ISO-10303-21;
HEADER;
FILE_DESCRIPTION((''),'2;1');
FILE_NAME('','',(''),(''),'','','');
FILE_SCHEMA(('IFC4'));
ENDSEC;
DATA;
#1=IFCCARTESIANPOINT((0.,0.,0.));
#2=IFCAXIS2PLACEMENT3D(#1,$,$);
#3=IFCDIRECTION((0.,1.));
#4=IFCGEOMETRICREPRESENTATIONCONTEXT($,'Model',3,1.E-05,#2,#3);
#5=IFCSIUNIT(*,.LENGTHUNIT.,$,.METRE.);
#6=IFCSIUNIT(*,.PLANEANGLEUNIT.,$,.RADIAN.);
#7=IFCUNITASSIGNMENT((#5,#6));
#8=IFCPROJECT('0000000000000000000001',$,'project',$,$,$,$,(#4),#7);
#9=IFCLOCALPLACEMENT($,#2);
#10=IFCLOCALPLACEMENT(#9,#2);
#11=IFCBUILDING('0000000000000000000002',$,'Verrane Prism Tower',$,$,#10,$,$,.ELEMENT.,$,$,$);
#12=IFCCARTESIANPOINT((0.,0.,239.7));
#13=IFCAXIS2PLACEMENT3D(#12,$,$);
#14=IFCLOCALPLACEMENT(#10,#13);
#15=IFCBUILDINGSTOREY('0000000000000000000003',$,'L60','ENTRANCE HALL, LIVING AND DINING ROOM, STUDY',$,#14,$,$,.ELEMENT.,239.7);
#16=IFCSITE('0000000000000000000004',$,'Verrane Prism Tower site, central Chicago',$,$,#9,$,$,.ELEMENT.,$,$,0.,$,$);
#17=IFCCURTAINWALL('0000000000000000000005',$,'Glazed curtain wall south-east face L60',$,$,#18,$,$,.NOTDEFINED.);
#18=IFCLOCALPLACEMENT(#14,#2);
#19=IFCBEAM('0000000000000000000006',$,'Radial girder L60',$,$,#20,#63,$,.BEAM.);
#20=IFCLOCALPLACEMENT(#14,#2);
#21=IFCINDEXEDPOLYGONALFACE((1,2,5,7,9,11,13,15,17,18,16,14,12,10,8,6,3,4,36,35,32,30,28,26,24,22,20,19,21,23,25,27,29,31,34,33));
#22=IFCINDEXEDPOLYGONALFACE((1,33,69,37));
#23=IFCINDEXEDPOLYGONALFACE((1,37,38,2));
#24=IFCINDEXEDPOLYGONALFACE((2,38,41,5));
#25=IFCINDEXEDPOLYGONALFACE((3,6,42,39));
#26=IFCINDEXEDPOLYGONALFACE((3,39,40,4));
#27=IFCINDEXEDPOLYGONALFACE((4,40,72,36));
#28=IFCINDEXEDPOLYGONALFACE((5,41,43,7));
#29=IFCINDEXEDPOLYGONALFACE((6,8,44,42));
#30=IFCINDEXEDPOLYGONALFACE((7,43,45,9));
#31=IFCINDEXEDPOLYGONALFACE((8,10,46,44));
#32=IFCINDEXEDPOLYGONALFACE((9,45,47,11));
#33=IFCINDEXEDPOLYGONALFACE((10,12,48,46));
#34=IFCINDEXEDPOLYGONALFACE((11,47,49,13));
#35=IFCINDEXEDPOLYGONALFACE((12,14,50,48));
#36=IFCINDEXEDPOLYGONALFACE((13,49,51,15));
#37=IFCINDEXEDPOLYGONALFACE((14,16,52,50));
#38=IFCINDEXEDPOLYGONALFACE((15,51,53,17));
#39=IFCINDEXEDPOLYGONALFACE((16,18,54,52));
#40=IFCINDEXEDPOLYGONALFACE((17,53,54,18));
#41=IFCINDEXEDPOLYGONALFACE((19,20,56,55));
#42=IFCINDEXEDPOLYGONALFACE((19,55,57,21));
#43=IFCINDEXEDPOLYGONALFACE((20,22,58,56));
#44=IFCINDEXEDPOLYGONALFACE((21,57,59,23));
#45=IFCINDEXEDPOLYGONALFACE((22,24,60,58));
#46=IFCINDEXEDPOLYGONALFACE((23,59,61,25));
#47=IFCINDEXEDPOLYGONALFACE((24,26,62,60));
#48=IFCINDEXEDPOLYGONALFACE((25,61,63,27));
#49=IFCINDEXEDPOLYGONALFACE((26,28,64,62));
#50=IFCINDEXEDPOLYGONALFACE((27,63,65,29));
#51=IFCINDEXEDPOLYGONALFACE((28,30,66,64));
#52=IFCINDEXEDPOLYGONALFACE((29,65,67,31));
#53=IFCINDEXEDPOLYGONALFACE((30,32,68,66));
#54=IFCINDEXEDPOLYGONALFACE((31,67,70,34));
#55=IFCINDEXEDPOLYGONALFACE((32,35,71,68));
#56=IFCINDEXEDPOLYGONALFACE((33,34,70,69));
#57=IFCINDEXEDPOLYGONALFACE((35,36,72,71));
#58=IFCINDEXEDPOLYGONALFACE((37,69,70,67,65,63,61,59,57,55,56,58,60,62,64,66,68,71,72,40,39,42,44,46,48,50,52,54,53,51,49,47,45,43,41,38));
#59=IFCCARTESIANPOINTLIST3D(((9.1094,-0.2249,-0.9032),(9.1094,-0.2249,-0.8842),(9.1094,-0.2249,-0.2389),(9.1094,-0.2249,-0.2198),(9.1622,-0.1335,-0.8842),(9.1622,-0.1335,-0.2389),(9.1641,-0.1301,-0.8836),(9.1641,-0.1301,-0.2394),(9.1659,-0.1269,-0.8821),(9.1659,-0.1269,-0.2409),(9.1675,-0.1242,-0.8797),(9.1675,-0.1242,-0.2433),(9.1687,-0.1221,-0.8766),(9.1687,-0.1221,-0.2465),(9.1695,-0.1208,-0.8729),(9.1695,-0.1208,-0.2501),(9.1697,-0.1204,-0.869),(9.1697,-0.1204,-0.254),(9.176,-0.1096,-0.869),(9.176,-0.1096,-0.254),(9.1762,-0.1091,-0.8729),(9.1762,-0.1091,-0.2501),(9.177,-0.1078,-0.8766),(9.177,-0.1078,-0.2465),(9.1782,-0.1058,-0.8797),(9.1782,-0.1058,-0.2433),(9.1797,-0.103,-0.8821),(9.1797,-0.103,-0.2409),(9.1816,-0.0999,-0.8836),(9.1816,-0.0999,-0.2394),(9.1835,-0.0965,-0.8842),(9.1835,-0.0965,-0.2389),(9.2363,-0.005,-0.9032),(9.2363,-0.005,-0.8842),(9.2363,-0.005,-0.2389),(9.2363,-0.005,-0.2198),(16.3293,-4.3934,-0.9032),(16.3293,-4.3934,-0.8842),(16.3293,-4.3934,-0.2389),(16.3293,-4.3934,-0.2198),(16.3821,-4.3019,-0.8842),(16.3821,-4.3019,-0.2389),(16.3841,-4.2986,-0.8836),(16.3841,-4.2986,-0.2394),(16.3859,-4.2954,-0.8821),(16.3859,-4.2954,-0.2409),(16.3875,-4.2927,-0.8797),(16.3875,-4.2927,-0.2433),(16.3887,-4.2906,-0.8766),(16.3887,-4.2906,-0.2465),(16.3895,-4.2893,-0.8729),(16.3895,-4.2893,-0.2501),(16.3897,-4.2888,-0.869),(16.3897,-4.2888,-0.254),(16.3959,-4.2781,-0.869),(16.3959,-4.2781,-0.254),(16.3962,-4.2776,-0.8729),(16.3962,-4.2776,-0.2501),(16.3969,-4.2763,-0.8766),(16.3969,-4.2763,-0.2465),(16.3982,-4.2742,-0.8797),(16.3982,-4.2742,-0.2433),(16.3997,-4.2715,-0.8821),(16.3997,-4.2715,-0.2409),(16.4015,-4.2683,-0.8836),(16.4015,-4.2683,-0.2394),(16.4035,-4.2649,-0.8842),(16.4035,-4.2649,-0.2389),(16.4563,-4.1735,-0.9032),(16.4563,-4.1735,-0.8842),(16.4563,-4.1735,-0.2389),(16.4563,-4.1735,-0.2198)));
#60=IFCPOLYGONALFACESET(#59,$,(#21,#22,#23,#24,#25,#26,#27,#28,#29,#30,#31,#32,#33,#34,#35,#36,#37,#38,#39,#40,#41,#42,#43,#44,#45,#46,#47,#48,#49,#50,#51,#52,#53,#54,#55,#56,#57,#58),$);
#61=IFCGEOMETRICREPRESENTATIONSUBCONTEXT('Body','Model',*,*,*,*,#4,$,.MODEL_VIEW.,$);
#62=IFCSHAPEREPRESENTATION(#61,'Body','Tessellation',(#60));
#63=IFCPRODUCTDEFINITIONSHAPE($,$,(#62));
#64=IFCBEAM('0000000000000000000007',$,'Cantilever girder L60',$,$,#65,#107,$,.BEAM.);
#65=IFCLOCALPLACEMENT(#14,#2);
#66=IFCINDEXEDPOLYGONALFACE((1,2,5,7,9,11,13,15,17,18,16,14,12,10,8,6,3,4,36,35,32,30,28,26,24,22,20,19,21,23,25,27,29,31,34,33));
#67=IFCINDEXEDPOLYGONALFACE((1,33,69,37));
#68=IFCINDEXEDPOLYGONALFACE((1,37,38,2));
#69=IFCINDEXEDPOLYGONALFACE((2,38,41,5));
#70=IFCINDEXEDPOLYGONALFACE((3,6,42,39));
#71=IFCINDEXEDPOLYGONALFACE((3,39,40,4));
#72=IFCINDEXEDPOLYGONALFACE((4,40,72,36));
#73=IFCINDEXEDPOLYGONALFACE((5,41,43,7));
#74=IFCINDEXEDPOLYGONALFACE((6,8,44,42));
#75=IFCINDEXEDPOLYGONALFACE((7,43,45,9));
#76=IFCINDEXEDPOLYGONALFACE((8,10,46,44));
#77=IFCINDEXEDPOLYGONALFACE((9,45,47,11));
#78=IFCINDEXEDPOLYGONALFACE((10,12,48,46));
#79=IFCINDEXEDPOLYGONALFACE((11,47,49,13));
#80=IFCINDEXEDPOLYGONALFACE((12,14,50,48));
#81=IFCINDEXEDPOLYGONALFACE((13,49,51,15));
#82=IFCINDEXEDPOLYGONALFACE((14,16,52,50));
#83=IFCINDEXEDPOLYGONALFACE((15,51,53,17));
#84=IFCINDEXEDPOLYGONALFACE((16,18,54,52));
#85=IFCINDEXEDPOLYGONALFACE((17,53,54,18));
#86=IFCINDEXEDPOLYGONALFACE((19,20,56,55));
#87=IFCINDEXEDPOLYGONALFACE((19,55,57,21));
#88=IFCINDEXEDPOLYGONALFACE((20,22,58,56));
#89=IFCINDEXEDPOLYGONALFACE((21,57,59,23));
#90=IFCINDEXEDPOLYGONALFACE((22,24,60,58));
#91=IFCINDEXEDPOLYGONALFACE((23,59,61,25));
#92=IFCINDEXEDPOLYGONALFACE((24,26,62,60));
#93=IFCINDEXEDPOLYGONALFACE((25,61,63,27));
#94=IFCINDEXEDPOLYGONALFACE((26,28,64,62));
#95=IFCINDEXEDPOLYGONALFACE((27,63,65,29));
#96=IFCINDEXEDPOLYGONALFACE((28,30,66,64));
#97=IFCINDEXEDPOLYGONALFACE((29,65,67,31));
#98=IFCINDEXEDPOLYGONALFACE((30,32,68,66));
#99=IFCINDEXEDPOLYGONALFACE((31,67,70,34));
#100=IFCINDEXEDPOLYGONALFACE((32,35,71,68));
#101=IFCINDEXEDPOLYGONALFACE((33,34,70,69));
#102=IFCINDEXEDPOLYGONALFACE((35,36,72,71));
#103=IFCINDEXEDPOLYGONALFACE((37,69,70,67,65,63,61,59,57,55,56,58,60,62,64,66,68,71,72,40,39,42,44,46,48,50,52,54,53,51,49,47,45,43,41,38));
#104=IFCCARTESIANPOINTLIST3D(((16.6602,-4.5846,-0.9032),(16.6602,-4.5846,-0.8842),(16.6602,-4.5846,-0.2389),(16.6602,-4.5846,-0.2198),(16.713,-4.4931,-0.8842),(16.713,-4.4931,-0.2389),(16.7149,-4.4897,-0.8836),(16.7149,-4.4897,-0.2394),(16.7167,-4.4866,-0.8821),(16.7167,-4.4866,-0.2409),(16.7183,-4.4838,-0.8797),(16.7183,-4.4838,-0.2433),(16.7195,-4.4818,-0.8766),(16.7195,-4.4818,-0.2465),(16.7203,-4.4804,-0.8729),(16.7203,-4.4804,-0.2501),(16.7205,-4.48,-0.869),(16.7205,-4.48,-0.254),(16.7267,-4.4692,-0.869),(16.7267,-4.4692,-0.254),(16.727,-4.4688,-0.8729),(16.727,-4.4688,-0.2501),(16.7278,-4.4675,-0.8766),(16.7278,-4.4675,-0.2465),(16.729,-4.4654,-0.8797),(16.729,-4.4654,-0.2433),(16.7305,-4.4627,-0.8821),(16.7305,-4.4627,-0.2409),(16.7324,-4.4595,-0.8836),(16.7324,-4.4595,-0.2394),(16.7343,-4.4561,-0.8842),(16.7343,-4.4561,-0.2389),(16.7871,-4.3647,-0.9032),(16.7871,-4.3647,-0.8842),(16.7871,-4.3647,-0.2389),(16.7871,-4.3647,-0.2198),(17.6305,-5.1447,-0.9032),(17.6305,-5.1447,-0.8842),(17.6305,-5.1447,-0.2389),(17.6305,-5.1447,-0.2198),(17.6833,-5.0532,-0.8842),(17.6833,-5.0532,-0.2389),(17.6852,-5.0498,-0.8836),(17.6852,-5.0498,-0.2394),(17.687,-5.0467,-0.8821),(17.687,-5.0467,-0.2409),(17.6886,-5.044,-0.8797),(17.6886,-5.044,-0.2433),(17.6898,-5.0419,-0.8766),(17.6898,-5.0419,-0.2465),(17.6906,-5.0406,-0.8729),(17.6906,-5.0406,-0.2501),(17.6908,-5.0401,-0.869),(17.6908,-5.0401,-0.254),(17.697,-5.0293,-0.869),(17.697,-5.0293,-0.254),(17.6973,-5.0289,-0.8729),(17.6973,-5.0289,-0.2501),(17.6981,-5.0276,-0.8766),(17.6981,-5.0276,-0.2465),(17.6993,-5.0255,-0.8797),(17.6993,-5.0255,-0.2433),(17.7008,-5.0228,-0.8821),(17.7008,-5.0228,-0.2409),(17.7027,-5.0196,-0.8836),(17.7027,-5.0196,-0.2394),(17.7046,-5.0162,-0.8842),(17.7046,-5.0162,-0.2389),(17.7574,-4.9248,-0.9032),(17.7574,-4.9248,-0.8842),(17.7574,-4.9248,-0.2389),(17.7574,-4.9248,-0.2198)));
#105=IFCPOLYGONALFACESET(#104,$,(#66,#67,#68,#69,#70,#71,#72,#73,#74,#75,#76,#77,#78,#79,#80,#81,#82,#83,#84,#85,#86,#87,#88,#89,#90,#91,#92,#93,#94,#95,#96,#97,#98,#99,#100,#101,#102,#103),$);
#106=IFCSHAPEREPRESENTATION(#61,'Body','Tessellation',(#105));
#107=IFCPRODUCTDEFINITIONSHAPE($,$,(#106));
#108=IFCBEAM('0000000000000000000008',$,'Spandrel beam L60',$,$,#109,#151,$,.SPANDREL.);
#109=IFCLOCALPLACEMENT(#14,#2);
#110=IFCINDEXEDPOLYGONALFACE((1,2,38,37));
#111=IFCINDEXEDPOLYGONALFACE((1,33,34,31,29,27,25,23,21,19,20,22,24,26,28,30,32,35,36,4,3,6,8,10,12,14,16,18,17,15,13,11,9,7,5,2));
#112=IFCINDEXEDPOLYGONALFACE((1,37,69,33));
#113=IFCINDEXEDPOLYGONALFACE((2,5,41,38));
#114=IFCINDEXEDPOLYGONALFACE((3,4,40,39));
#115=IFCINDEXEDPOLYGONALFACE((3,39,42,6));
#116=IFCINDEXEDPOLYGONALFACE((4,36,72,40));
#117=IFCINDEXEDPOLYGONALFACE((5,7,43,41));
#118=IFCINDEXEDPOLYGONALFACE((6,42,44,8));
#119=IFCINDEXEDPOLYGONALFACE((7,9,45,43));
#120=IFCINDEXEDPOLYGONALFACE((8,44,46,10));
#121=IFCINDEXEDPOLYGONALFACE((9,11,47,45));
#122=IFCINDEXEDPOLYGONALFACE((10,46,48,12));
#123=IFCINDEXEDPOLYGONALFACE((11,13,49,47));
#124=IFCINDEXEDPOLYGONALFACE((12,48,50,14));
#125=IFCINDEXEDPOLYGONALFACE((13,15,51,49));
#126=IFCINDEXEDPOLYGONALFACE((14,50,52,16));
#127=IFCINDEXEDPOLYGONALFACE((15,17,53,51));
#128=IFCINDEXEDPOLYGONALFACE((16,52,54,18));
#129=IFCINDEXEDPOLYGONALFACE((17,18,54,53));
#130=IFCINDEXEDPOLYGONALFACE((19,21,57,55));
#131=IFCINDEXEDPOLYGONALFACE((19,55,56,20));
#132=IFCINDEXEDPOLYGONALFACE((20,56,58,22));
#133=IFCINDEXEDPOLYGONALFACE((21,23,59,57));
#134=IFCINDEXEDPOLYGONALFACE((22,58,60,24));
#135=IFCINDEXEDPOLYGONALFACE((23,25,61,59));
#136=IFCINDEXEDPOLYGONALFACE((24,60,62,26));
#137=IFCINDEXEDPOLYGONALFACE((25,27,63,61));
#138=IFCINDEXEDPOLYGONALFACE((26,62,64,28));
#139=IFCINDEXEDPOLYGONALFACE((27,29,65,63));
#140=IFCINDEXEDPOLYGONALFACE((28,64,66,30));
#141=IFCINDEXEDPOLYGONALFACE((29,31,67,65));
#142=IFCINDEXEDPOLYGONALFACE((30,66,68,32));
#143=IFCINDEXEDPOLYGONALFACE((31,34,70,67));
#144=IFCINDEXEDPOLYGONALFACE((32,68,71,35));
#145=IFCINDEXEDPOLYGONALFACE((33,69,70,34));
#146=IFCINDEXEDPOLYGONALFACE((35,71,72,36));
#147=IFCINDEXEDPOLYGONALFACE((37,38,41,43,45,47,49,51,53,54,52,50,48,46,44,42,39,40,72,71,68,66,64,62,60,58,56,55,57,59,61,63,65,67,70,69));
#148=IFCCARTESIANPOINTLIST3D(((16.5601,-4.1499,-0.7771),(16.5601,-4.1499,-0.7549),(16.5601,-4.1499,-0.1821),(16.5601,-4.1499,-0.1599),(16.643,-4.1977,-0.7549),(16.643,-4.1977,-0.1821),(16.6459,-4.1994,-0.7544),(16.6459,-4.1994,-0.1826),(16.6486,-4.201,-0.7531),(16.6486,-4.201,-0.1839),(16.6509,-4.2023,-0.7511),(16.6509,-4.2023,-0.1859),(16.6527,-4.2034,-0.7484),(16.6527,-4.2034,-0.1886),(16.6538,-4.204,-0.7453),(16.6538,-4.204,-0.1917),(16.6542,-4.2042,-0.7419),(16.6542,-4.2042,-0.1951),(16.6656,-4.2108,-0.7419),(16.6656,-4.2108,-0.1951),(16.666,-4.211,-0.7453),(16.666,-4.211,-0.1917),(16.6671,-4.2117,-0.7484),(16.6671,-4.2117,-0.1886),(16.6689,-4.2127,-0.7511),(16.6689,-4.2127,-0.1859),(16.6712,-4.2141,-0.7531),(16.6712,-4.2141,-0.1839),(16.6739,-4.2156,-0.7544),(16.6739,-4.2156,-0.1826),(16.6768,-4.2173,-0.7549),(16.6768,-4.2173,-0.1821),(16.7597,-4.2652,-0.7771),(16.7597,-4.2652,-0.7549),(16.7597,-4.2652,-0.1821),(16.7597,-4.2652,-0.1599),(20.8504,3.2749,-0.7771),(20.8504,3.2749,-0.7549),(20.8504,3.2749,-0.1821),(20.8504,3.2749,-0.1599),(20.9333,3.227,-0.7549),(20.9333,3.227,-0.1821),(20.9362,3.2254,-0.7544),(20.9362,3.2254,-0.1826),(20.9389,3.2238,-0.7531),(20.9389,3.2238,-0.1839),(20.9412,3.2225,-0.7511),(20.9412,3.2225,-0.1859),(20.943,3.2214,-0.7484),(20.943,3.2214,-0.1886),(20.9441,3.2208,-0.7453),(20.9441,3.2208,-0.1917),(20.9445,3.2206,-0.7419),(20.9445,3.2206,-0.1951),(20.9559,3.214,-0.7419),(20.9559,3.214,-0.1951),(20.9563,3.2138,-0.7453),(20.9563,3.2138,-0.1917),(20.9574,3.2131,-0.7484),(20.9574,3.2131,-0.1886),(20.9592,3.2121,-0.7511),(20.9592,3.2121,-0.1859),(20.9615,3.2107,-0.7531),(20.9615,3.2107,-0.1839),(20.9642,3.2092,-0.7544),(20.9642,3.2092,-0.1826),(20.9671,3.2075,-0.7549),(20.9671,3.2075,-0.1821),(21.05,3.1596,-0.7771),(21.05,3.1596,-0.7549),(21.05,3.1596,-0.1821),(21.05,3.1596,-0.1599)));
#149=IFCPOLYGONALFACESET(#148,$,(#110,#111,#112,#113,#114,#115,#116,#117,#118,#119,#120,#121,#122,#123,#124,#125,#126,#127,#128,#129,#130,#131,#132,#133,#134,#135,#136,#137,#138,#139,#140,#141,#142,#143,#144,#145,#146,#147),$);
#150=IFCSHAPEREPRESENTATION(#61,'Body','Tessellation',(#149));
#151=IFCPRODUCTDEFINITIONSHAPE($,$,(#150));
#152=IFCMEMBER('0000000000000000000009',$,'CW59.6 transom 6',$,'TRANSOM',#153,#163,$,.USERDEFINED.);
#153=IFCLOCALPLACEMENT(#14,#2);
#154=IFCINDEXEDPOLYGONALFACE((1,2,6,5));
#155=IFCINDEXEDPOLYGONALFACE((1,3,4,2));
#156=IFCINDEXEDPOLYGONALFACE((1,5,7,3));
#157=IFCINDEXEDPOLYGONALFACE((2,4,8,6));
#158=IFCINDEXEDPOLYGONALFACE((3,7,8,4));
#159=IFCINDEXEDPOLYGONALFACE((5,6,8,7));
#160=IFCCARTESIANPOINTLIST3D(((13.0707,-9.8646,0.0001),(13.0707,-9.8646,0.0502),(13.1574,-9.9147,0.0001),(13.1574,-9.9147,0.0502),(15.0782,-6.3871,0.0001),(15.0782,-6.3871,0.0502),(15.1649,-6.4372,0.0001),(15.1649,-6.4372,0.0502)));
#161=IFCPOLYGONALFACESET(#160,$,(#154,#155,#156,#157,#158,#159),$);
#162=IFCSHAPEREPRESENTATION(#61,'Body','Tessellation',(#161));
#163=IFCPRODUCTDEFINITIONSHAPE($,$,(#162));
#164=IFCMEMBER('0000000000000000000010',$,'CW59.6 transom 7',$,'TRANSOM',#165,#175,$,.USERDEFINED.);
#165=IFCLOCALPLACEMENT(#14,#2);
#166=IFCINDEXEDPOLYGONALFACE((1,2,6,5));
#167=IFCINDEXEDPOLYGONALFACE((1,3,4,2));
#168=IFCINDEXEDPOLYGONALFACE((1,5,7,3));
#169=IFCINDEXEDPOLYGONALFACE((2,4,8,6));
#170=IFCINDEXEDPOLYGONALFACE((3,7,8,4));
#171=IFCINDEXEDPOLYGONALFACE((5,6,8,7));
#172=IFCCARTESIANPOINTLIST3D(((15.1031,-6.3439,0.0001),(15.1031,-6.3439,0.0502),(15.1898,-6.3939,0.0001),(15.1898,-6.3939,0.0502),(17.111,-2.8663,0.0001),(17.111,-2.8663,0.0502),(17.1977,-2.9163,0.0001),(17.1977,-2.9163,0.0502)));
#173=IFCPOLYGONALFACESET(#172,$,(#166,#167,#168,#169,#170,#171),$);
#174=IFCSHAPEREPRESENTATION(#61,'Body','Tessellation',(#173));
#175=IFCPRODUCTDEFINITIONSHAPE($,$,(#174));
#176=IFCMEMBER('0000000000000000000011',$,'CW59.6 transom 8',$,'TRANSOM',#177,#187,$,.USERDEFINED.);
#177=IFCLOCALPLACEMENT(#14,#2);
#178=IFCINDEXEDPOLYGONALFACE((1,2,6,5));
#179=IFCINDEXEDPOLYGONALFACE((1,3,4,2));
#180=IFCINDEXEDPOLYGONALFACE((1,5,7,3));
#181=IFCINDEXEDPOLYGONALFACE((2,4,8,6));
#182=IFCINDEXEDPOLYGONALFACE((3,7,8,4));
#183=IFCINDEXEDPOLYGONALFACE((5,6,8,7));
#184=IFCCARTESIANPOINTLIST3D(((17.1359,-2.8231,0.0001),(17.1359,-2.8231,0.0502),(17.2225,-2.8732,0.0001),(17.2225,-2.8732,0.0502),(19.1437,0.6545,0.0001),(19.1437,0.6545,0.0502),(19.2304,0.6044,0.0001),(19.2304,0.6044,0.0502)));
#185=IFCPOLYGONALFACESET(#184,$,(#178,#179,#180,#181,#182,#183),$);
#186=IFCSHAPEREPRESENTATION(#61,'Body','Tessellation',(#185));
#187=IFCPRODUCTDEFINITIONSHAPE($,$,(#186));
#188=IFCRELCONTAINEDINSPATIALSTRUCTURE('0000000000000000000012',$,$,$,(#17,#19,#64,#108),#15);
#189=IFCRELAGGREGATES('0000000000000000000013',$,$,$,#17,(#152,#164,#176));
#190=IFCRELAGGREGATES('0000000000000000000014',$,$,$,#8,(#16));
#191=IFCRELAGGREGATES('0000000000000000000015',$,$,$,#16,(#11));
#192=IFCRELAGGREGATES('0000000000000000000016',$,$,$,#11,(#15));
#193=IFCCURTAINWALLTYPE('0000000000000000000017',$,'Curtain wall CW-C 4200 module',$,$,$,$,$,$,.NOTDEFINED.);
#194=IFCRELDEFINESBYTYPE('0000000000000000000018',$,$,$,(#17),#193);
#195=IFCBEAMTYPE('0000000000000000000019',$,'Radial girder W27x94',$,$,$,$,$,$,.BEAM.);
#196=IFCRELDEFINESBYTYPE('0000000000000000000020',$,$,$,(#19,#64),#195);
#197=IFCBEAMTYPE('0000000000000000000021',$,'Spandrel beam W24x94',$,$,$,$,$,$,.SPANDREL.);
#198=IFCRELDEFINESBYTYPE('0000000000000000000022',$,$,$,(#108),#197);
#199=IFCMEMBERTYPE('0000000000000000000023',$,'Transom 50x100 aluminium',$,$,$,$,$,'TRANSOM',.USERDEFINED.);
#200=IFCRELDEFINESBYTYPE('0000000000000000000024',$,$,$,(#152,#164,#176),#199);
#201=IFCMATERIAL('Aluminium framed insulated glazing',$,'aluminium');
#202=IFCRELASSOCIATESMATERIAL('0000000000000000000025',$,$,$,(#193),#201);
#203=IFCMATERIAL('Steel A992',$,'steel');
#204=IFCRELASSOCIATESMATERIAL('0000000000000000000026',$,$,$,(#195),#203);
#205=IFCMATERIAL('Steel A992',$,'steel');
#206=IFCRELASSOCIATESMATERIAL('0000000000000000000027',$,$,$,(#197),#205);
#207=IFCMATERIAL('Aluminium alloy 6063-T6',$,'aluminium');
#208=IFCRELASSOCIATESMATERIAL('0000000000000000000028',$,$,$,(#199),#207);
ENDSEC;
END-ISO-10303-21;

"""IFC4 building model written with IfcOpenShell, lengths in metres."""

from ifc_helpers import new_model, si_unit, direction, frame, origin, origin_2d, place, context, subcontext, project, spatial, rectangle, i_section, extrude, material, material_profile, profile_set, type_object, element, aggregate, save


model = new_model("IFC4")

# Units and contexts
model_context = context("Model", 3, precision=1e-05, world=origin(), true_north=direction((0.0, 1.0)))
body_context = subcontext(model_context, "Body", "Model", "MODEL_VIEW")
ifc_project = project(units=[si_unit("LENGTHUNIT", "METRE"), si_unit("PLANEANGLEUNIT", "RADIAN")], contexts=[model_context])

# Site, building, storey
site_placement = place(None, origin())
site = spatial("IfcSite", under=ifc_project, at=site_placement, Name="Verrane Prism Tower site, central Chicago", CompositionType="ELEMENT", RefElevation=0.0)
building_placement = place(site_placement, origin())
building = spatial("IfcBuilding", under=site, at=building_placement, Name="Verrane Prism Tower", CompositionType="ELEMENT")
storey_placement = place(building_placement, frame((0.0, 0.0, 239.7)))
storey = spatial("IfcBuildingStorey", under=building, at=storey_placement, Name="L60", Description="ENTRANCE HALL, LIVING AND DINING ROOM, STUDY", CompositionType="ELEMENT", Elevation=239.7)

# Curtain wall
ifc_material_1 = material(Name="Aluminium framed insulated glazing", Category="aluminium")
curtain_wall_type = type_object("IfcCurtainWallType", Name="Curtain wall CW-C 4200 module", PredefinedType="NOTDEFINED", material=ifc_material_1)
curtain_wall_placement = place(storey_placement, origin())
curtain_wall = element("IfcCurtainWall", 1, at=curtain_wall_placement, inside=storey, type_object=curtain_wall_type, Name="Glazed curtain wall south-east face L60", PredefinedType="NOTDEFINED")

# Beams
ifc_material_2 = material(Name="Steel A992", Category="steel")
ifc_material_profile_1 = material_profile(ifc_material_2, i_section(OverallWidth=0.2539, OverallDepth=0.6833, WebThickness=0.0125, FlangeThickness=0.019, FilletRadius=0.0151, at=origin_2d()), Name="W27x94")
ifc_profile_set_1 = profile_set([ifc_material_profile_1], Name="Steel A992")
beam_type_1 = type_object("IfcBeamType", Name="Radial girder W27x94", PredefinedType="BEAM", material=ifc_profile_set_1)
beam_1_placement = place(storey_placement, frame((16.3928, -4.2834, -0.5615), z_axis=(-0.866025, 0.5, 0.0), x_axis=(-0.5, -0.866025, 0.0)))
element("IfcBeam", 2, at=beam_1_placement, inside=storey, type_object=beam_type_1, Name="Radial girder L60", PredefinedType="BEAM", context=body_context, shape_type="SweptSolid", body=[
    extrude(i_section(OverallWidth=0.2539, OverallDepth=0.6833, WebThickness=0.0125, FlangeThickness=0.019, FilletRadius=0.0151, at=origin_2d()), origin(), (0.0, 0.0, 1.0), 8.3369),
])
beam_2_placement = place(storey_placement, frame((16.7236, -4.4746, -0.5615), z_axis=(0.866062, -0.499936, 0.0), x_axis=(0.499936, 0.866062, 0.0)))
element("IfcBeam", 3, at=beam_2_placement, inside=storey, type_object=beam_type_1, Name="Cantilever girder L60", PredefinedType="BEAM", context=body_context, shape_type="SweptSolid", body=[
    extrude(i_section(OverallWidth=0.2539, OverallDepth=0.6833, WebThickness=0.0125, FlangeThickness=0.019, FilletRadius=0.0151, at=origin_2d()), origin(), (0.0, 0.0, 1.0), 1.1204),
])
ifc_material_3 = material(Name="Steel A992", Category="steel")
ifc_material_profile_2 = material_profile(ifc_material_3, i_section(OverallWidth=0.2305, OverallDepth=0.6172, WebThickness=0.0132, FlangeThickness=0.0222, FilletRadius=0.0129, at=origin_2d()), Name="W24x94")
ifc_profile_set_2 = profile_set([ifc_material_profile_2], Name="Steel A992")
beam_type_2 = type_object("IfcBeamType", Name="Spandrel beam W24x94", PredefinedType="SPANDREL", material=ifc_profile_set_2)
beam_3_placement = place(storey_placement, frame((16.6599, -4.2075, -0.4685), z_axis=(0.500312, 0.865845, 0.0), x_axis=(-0.865845, 0.500312, 0.0)))
element("IfcBeam", 4, at=beam_3_placement, inside=storey, type_object=beam_type_2, Name="Spandrel beam L60", PredefinedType="SPANDREL", context=body_context, shape_type="SweptSolid", body=[
    extrude(i_section(OverallWidth=0.2305, OverallDepth=0.6172, WebThickness=0.0132, FlangeThickness=0.0222, FilletRadius=0.0129, at=origin_2d()), origin(), (0.0, 0.0, 1.0), 8.5752),
])

# Members
ifc_material_4 = material(Name="Aluminium alloy 6063-T6", Category="aluminium")
ifc_material_profile_3 = material_profile(ifc_material_4, rectangle(XDim=0.1001, YDim=0.05, at=origin_2d()), Name="Transom 50x100 aluminium")
ifc_profile_set_3 = profile_set([ifc_material_profile_3], Name="Aluminium alloy 6063-T6")
member_type_1 = type_object("IfcMemberType", Name="Transom 50x100 aluminium", ElementType="TRANSOM", PredefinedType="USERDEFINED", material=ifc_profile_set_3)
member_1_placement = place(storey_placement, frame((13.114, -9.8896, 0.0251), z_axis=(0.499965, 0.866046, 0.0), x_axis=(-0.866046, 0.499965, 0.0)))
member_1 = element("IfcMember", 5, at=member_1_placement, type_object=member_type_1, Name="CW59.6 transom 6", ObjectType="TRANSOM", PredefinedType="USERDEFINED", context=body_context, shape_type="SweptSolid", body=[
    extrude(rectangle(XDim=0.1001, YDim=0.05, at=origin_2d()), origin(), (0.0, 0.0, 1.0), 4.0154),
])
member_2_placement = place(storey_placement, frame((15.1465, -6.3689, 0.0251), z_axis=(0.50001, 0.86602, 0.0), x_axis=(-0.86602, 0.50001, 0.0)))
member_2 = element("IfcMember", 6, at=member_2_placement, type_object=member_type_1, Name="CW59.6 transom 7", ObjectType="TRANSOM", PredefinedType="USERDEFINED", context=body_context, shape_type="SweptSolid", body=[
    extrude(rectangle(XDim=0.1001, YDim=0.05, at=origin_2d()), origin(), (0.0, 0.0, 1.0), 4.0156),
])
member_3_placement = place(storey_placement, frame((17.1792, -2.8481, 0.0251), z_axis=(0.50001, 0.86602, 0.0), x_axis=(-0.86602, 0.50001, 0.0)))
member_3 = element("IfcMember", 7, at=member_3_placement, type_object=member_type_1, Name="CW59.6 transom 8", ObjectType="TRANSOM", PredefinedType="USERDEFINED", context=body_context, shape_type="SweptSolid", body=[
    extrude(rectangle(XDim=0.1001, YDim=0.05, at=origin_2d()), origin(), (0.0, 0.0, 1.0), 4.0156),
])

aggregate(curtain_wall, [member_1, member_2, member_3])

save(model, "model.ifc")
